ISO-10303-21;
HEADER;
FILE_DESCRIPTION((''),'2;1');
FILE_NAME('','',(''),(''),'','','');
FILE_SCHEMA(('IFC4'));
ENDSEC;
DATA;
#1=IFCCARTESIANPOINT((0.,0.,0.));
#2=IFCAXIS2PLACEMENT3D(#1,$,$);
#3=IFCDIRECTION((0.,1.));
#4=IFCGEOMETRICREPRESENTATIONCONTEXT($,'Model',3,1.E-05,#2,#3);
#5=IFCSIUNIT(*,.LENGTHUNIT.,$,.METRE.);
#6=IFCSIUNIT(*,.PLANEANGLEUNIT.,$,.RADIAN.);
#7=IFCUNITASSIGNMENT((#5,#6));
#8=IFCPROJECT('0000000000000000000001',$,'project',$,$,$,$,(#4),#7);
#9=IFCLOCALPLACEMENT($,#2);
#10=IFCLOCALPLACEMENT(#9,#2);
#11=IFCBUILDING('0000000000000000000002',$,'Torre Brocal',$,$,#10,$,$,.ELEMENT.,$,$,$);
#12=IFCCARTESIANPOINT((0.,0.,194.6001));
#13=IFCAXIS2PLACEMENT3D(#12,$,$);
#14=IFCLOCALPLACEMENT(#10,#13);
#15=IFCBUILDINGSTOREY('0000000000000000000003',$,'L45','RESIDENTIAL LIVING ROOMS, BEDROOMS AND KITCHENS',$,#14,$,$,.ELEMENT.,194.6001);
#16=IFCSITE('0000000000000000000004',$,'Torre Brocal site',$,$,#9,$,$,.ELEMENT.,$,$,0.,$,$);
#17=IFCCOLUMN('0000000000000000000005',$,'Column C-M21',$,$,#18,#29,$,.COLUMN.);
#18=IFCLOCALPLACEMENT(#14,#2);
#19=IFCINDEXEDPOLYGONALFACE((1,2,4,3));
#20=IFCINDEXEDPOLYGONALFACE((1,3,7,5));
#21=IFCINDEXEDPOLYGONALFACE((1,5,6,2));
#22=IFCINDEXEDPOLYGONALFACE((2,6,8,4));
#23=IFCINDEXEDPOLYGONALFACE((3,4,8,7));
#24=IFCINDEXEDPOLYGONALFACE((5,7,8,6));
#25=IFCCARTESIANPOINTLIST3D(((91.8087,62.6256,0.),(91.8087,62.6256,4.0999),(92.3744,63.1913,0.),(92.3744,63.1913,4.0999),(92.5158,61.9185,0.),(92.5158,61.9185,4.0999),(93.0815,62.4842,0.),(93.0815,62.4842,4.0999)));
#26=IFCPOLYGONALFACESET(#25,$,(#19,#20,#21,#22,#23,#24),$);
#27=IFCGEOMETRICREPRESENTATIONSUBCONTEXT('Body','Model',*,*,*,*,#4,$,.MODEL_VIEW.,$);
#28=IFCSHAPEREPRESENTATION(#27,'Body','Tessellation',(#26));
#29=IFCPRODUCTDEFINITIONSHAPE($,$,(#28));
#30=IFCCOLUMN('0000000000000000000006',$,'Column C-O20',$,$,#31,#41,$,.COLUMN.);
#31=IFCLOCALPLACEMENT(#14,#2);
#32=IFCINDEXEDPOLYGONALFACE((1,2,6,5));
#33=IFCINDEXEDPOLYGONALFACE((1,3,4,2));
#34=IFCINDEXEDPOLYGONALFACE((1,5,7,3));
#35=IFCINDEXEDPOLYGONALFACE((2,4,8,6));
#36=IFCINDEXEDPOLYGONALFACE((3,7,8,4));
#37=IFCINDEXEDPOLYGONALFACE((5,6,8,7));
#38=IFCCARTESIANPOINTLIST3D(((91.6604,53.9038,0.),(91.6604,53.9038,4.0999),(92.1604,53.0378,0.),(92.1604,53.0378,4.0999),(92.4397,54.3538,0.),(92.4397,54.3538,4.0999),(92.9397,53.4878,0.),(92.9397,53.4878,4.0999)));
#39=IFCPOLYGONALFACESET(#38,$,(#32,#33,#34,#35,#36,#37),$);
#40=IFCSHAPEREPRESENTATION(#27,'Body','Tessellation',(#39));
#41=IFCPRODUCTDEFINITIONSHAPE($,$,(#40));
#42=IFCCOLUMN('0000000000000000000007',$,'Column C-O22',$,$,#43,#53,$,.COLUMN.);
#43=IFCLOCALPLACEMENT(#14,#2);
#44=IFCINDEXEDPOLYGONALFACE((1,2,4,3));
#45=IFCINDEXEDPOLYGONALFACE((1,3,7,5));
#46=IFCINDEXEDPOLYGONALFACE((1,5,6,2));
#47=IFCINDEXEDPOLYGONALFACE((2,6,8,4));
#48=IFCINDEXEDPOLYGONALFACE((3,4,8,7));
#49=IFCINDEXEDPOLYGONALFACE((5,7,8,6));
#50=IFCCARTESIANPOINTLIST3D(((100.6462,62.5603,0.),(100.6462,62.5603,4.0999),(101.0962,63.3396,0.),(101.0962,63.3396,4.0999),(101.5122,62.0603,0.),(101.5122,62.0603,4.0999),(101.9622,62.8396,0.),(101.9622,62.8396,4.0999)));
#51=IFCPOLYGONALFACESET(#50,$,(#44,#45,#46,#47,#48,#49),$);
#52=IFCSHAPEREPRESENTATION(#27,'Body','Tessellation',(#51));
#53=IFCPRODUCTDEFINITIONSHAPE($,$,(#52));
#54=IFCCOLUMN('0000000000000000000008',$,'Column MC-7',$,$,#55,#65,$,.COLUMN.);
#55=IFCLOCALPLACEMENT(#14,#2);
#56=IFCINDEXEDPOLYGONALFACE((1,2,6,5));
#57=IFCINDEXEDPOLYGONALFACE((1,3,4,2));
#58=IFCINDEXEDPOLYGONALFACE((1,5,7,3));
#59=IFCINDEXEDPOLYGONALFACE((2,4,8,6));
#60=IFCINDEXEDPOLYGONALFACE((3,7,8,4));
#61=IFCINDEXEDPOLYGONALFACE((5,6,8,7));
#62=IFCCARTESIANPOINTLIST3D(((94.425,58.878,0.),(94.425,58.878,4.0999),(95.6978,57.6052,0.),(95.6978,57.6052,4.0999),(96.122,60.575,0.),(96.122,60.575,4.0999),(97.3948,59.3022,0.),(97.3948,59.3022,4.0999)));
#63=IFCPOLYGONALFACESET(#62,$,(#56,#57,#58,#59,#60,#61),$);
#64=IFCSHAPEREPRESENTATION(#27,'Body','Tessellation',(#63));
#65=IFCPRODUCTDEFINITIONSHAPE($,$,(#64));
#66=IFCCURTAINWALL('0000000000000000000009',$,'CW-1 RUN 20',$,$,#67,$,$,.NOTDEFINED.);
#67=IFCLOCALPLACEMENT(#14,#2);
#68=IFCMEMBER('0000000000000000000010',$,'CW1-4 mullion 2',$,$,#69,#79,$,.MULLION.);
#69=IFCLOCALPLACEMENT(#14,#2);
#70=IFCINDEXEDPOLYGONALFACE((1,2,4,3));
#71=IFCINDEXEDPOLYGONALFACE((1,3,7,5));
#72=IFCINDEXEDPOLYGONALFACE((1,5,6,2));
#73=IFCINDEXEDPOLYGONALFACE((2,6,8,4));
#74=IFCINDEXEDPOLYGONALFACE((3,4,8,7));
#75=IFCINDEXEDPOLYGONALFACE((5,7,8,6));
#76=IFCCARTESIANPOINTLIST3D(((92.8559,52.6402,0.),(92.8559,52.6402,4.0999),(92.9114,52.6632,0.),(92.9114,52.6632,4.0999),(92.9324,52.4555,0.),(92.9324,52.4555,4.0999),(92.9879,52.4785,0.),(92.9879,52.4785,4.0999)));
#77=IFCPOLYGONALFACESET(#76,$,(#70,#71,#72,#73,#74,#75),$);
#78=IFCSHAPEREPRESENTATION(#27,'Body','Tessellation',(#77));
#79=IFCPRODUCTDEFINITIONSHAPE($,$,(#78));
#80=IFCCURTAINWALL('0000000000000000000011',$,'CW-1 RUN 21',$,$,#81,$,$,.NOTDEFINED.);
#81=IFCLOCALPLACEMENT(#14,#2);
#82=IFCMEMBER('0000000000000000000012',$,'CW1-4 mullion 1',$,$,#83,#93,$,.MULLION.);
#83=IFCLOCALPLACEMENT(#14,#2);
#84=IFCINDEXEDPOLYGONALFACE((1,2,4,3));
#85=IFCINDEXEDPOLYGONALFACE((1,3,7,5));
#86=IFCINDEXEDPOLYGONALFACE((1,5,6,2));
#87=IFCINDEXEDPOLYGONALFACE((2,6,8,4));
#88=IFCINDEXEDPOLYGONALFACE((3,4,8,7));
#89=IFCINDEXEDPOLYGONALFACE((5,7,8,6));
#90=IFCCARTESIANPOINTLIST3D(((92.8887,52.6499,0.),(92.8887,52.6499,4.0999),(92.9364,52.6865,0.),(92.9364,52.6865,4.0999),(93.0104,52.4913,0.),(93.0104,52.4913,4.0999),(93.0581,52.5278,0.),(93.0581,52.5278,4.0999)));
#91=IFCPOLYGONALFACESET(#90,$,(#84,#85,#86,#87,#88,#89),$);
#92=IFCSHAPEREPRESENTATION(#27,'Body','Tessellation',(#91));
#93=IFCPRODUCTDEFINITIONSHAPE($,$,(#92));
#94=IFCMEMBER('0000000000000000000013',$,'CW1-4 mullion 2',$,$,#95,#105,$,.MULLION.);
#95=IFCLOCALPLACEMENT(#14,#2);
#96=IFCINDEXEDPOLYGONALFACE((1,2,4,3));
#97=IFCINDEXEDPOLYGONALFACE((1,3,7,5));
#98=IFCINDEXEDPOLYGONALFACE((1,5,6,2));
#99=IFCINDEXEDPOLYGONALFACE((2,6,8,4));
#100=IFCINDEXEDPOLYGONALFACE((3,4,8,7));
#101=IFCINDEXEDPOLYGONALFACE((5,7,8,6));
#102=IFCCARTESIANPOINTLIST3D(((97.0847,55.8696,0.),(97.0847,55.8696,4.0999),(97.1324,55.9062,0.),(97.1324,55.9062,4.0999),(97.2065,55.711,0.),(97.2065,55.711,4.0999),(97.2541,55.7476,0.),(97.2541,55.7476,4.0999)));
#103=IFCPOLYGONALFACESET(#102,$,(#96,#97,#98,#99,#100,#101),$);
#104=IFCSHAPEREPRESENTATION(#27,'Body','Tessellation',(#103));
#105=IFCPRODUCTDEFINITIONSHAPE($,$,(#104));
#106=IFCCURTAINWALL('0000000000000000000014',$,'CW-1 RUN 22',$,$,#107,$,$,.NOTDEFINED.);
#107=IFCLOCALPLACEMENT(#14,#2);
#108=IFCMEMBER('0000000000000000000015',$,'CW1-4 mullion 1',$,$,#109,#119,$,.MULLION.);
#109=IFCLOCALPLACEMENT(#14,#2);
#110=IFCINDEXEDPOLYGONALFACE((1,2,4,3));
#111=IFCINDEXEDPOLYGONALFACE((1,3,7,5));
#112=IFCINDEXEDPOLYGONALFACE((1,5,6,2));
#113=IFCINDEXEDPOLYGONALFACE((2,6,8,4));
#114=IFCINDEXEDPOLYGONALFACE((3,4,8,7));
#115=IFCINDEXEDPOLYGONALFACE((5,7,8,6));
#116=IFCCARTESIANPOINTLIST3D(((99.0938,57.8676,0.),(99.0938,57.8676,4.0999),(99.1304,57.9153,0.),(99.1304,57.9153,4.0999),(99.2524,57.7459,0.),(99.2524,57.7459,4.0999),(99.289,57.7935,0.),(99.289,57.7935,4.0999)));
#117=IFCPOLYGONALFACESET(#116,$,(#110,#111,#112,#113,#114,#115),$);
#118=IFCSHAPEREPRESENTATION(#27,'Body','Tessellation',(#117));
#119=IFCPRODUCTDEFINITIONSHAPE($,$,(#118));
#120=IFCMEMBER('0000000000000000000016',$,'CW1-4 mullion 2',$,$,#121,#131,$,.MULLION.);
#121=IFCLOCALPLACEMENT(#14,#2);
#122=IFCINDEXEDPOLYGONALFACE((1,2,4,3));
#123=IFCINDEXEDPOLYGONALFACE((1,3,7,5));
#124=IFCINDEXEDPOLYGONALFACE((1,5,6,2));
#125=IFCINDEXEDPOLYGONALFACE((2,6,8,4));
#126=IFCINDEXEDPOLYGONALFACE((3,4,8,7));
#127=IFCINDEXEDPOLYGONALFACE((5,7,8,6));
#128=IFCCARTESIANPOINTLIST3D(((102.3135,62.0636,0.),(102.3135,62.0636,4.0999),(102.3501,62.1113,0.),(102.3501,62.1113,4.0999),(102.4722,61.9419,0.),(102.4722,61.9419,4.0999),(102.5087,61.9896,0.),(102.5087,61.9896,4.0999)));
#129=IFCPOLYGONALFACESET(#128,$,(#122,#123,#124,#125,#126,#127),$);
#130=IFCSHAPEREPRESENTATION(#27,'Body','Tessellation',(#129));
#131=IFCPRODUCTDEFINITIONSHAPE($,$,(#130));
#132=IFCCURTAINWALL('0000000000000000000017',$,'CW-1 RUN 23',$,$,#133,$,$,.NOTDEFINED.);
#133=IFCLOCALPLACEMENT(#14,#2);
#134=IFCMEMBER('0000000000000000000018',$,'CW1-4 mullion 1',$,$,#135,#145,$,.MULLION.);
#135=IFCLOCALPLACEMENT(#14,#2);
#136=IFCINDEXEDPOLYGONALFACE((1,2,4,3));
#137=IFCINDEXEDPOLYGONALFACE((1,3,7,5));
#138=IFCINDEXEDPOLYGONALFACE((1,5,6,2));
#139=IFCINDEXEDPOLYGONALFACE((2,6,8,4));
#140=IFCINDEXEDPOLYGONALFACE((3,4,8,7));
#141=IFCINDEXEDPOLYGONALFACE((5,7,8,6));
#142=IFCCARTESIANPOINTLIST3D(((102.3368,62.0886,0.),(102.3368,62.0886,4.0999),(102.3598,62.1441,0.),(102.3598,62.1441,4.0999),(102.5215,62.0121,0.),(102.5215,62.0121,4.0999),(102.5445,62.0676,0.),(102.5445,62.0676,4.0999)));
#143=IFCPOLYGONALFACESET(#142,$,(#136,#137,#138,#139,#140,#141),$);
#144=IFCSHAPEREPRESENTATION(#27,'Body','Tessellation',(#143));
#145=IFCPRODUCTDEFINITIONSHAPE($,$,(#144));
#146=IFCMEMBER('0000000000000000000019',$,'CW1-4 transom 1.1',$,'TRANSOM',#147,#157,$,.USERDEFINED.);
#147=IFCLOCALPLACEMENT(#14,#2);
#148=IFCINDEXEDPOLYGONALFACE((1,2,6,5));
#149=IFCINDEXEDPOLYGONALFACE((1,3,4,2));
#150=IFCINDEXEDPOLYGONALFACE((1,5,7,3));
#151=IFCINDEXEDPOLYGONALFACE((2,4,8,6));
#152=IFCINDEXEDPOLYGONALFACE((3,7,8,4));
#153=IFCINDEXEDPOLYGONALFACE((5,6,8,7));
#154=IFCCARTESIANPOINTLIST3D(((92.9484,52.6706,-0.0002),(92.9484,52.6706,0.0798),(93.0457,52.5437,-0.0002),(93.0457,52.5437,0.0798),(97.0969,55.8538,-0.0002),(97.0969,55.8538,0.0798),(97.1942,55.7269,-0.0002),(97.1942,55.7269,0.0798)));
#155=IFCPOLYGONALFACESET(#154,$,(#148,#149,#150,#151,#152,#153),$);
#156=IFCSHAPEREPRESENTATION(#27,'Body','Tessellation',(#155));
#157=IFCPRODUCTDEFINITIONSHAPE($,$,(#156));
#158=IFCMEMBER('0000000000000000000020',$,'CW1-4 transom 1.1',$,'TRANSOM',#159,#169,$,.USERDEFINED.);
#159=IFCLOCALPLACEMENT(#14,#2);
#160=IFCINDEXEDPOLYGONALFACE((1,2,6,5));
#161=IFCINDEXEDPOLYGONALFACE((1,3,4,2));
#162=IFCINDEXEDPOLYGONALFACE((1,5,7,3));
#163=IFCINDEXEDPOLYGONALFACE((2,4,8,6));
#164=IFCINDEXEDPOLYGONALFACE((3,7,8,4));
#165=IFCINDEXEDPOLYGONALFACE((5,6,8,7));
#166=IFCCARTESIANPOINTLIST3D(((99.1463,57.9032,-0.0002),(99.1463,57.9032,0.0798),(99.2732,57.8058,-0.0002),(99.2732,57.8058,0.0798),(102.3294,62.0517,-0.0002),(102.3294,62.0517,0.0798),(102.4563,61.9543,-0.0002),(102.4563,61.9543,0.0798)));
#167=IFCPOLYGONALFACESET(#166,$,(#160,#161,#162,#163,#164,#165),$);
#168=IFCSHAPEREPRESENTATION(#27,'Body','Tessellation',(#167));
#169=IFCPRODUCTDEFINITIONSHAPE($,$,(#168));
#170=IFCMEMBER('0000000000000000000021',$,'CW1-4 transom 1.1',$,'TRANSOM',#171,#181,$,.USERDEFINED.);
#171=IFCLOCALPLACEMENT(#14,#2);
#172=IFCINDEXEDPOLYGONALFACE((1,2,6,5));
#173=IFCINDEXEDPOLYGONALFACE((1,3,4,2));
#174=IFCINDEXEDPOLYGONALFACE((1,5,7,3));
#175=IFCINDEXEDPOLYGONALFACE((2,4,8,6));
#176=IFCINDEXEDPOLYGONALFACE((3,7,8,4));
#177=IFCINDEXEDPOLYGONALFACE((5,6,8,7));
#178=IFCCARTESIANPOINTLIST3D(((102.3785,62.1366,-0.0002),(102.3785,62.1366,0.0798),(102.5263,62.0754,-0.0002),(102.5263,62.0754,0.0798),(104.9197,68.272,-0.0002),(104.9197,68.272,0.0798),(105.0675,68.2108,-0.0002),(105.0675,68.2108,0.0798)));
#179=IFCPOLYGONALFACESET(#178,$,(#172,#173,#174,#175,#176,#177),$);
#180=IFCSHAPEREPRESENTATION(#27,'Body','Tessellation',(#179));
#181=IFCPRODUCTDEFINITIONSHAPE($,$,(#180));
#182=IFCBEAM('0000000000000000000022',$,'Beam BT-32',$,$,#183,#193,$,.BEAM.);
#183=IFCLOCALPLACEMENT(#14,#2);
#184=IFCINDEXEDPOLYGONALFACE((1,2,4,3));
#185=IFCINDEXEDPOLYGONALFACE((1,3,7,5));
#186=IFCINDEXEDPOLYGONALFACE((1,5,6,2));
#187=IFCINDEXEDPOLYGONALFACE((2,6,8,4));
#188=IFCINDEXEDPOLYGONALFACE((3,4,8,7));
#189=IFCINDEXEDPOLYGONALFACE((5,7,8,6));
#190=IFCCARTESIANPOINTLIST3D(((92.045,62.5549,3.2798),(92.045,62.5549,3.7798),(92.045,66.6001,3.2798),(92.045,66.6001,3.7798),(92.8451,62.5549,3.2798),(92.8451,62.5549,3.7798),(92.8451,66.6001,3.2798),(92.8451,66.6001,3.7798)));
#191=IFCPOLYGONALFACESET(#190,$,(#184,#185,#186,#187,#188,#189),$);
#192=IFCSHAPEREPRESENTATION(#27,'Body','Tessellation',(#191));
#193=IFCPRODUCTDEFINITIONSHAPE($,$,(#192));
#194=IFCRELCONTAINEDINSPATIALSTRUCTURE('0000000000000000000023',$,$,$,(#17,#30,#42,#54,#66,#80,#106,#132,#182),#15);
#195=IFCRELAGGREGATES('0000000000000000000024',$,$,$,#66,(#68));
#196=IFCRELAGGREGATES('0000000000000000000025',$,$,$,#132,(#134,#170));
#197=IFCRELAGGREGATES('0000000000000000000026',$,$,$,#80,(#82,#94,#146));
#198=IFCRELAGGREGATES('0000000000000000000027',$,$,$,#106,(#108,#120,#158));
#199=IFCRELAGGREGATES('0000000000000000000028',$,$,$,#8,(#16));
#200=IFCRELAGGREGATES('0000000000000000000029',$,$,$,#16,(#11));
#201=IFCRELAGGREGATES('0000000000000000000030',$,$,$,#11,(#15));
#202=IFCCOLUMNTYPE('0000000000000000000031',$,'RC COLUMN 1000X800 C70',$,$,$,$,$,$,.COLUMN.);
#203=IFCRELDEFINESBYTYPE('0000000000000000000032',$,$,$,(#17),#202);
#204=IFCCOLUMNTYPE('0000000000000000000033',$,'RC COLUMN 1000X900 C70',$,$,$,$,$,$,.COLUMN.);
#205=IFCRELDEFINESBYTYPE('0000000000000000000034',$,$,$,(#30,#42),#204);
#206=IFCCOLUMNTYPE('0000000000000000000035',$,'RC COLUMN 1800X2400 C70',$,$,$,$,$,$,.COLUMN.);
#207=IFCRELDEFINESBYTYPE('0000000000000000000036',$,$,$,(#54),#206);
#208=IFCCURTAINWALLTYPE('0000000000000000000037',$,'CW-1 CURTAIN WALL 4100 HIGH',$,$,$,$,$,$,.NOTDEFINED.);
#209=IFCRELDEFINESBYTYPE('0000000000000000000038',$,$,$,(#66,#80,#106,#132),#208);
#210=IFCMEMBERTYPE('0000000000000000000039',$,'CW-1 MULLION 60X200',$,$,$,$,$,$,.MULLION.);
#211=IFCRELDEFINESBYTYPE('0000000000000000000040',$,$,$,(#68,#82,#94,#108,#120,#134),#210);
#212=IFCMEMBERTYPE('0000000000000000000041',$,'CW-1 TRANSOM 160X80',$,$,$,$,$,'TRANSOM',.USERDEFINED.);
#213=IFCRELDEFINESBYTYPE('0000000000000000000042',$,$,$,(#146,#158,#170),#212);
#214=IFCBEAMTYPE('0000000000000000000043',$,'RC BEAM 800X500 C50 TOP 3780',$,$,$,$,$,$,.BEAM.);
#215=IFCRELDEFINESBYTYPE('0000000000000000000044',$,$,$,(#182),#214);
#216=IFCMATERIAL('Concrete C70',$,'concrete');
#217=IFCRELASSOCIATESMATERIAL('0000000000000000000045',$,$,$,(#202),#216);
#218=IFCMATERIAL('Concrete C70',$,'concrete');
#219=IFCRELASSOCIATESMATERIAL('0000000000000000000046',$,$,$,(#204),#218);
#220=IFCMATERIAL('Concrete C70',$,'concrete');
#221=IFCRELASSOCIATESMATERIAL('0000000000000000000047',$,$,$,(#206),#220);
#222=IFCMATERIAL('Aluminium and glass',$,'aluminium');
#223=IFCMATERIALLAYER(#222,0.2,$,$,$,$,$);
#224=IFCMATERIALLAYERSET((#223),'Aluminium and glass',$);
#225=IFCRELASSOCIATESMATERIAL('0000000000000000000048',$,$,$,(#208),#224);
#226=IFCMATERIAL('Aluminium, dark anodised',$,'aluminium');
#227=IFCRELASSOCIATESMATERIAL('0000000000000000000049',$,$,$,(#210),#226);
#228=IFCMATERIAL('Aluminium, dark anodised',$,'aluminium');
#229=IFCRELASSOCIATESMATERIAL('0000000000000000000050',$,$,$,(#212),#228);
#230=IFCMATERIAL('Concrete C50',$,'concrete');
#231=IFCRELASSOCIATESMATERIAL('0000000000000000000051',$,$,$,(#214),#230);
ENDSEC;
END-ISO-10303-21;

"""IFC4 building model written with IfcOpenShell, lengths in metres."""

from ifc_helpers import new_model, si_unit, direction, frame, origin, origin_2d, place, context, subcontext, project, spatial, rectangle, extrude, material, layer, layer_set, material_profile, profile_set, type_object, element, aggregate, save


model = new_model("IFC4")

# Units and contexts
model_context = context("Model", 3, precision=1e-05, world=origin(), true_north=direction((0.0, 1.0)))
body_context = subcontext(model_context, "Body", "Model", "MODEL_VIEW")
ifc_project = project(units=[si_unit("LENGTHUNIT", "METRE"), si_unit("PLANEANGLEUNIT", "RADIAN")], contexts=[model_context])

# Site, building, storey
site_placement = place(None, origin())
site = spatial("IfcSite", under=ifc_project, at=site_placement, Name="Torre Brocal site", CompositionType="ELEMENT", RefElevation=0.0)
building_placement = place(site_placement, origin())
building = spatial("IfcBuilding", under=site, at=building_placement, Name="Torre Brocal", CompositionType="ELEMENT")
storey_placement = place(building_placement, frame((0.0, 0.0, 194.6001)))
storey = spatial("IfcBuildingStorey", under=building, at=storey_placement, Name="L45", Description="RESIDENTIAL LIVING ROOMS, BEDROOMS AND KITCHENS", CompositionType="ELEMENT", Elevation=194.6001)

# Columns
ifc_material_1 = material(Name="Concrete C70", Category="concrete")
ifc_material_profile_1 = material_profile(ifc_material_1, rectangle(XDim=1.0, YDim=0.8, at=origin_2d()), Name="RC 1000X800")
ifc_profile_set_1 = profile_set([ifc_material_profile_1], Name="Concrete C70")
column_type_1 = type_object("IfcColumnType", Name="RC COLUMN 1000X800 C70", PredefinedType="COLUMN", material=ifc_profile_set_1)
column_1_placement = place(storey_placement, frame((92.4451, 62.5549, 0.0), z_axis=(0.0, 0.0, 1.0), x_axis=(0.707107, -0.707107, 0.0)))
element("IfcColumn", 1, at=column_1_placement, inside=storey, type_object=column_type_1, Name="Column C-M21", PredefinedType="COLUMN", context=body_context, shape_type="SweptSolid", body=[
    extrude(rectangle(XDim=1.0, YDim=0.8, at=origin_2d()), origin(), (0.0, 0.0, 1.0), 4.0999),
])
ifc_material_2 = material(Name="Concrete C70", Category="concrete")
ifc_material_profile_2 = material_profile(ifc_material_2, rectangle(XDim=1.0, YDim=0.8999, at=origin_2d()), Name="RC 1000X900")
ifc_profile_set_2 = profile_set([ifc_material_profile_2], Name="Concrete C70")
column_type_2 = type_object("IfcColumnType", Name="RC COLUMN 1000X900 C70", PredefinedType="COLUMN", material=ifc_profile_set_2)
for number, where, z_axis, x_axis, name in (
    (2, (92.3, 53.6958, 0.0), (0.0, 0.0, 1.0), (0.5, -0.866025, 0.0), "Column C-O20"),
    (3, (101.3042, 62.7, 0.0), (0.0, 0.0, 1.0), (0.866025, -0.5, 0.0), "Column C-O22"),
):
    element("IfcColumn", number, at=place(storey_placement, frame(where, z_axis=z_axis, x_axis=x_axis)), inside=storey, type_object=column_type_2, Name=name, PredefinedType="COLUMN", context=body_context, shape_type="SweptSolid", body=[
        extrude(rectangle(XDim=1.0, YDim=0.8999, at=origin_2d()), origin(), (0.0, 0.0, 1.0), 4.0999),
    ])
ifc_material_3 = material(Name="Concrete C70", Category="concrete")
ifc_material_profile_3 = material_profile(ifc_material_3, rectangle(XDim=1.8, YDim=2.3999, at=origin_2d()), Name="RC 1800X2400")
ifc_profile_set_3 = profile_set([ifc_material_profile_3], Name="Concrete C70")
column_type_3 = type_object("IfcColumnType", Name="RC COLUMN 1800X2400 C70", PredefinedType="COLUMN", material=ifc_profile_set_3)
column_2_placement = place(storey_placement, frame((95.9099, 59.0901, 0.0), z_axis=(0.0, 0.0, 1.0), x_axis=(0.707107, -0.707107, 0.0)))
element("IfcColumn", 4, at=column_2_placement, inside=storey, type_object=column_type_3, Name="Column MC-7", PredefinedType="COLUMN", context=body_context, shape_type="SweptSolid", body=[
    extrude(rectangle(XDim=1.8, YDim=2.3999, at=origin_2d()), origin(), (0.0, 0.0, 1.0), 4.0999),
])

# Curtain wall, member
ifc_material_4 = material(Name="Aluminium and glass", Category="aluminium")
ifc_layer_1 = layer(ifc_material_4, 0.2)
ifc_layer_set_1 = layer_set([ifc_layer_1], Name="Aluminium and glass")
curtain_wall_type = type_object("IfcCurtainWallType", Name="CW-1 CURTAIN WALL 4100 HIGH", PredefinedType="NOTDEFINED", material=ifc_layer_set_1)
curtain_wall_1_placement = place(storey_placement, origin())
curtain_wall_1 = element("IfcCurtainWall", 5, at=curtain_wall_1_placement, inside=storey, type_object=curtain_wall_type, Name="CW-1 RUN 20", PredefinedType="NOTDEFINED")
ifc_material_5 = material(Name="Aluminium, dark anodised", Category="aluminium")
ifc_material_profile_4 = material_profile(ifc_material_5, rectangle(XDim=0.2, YDim=0.0601, at=origin_2d()), Name="CW-1 MULLION 60X200")
ifc_profile_set_4 = profile_set([ifc_material_profile_4], Name="Aluminium, dark anodised")
member_type_1 = type_object("IfcMemberType", Name="CW-1 MULLION 60X200", PredefinedType="MULLION", material=ifc_profile_set_4)
member_1_placement = place(storey_placement, frame((92.9219, 52.5593, 0.0), z_axis=(0.0, 0.0, 1.0), x_axis=(-0.382683, 0.92388, 0.0)))
member_1 = element("IfcMember", 6, at=member_1_placement, type_object=member_type_1, Name="CW1-4 mullion 2", PredefinedType="MULLION", context=body_context, shape_type="SweptSolid", body=[
    extrude(rectangle(XDim=0.2, YDim=0.0601, at=origin_2d()), origin(), (0.0, 0.0, 1.0), 4.0999),
])
aggregate(curtain_wall_1, [member_1])

# Curtain walls, members
curtain_wall_2_placement = place(storey_placement, origin())
curtain_wall_2 = element("IfcCurtainWall", 7, at=curtain_wall_2_placement, inside=storey, type_object=curtain_wall_type, Name="CW-1 RUN 21", PredefinedType="NOTDEFINED")
member_2_placement = place(storey_placement, frame((92.9734, 52.5889, 0.0), z_axis=(0.0, 0.0, 1.0), x_axis=(-0.608761, 0.793353, 0.0)))
member_2 = element("IfcMember", 8, at=member_2_placement, type_object=member_type_1, Name="CW1-4 mullion 1", PredefinedType="MULLION", context=body_context, shape_type="SweptSolid", body=[
    extrude(rectangle(XDim=0.2, YDim=0.0601, at=origin_2d()), origin(), (0.0, 0.0, 1.0), 4.0999),
])
member_3_placement = place(storey_placement, frame((97.1694, 55.8086, 0.0), z_axis=(0.0, 0.0, 1.0), x_axis=(-0.608761, 0.793353, 0.0)))
member_3 = element("IfcMember", 9, at=member_3_placement, type_object=member_type_1, Name="CW1-4 mullion 2", PredefinedType="MULLION", context=body_context, shape_type="SweptSolid", body=[
    extrude(rectangle(XDim=0.2, YDim=0.0601, at=origin_2d()), origin(), (0.0, 0.0, 1.0), 4.0999),
])
curtain_wall_3_placement = place(storey_placement, origin())
curtain_wall_3 = element("IfcCurtainWall", 10, at=curtain_wall_3_placement, inside=storey, type_object=curtain_wall_type, Name="CW-1 RUN 22", PredefinedType="NOTDEFINED")
member_4_placement = place(storey_placement, frame((99.1914, 57.8306, 0.0), z_axis=(0.0, 0.0, 1.0), x_axis=(-0.793353, 0.608761, 0.0)))
member_4 = element("IfcMember", 11, at=member_4_placement, type_object=member_type_1, Name="CW1-4 mullion 1", PredefinedType="MULLION", context=body_context, shape_type="SweptSolid", body=[
    extrude(rectangle(XDim=0.2, YDim=0.0601, at=origin_2d()), origin(), (0.0, 0.0, 1.0), 4.0999),
])
member_5_placement = place(storey_placement, frame((102.4111, 62.0266, 0.0), z_axis=(0.0, 0.0, 1.0), x_axis=(-0.793353, 0.608761, 0.0)))
member_5 = element("IfcMember", 12, at=member_5_placement, type_object=member_type_1, Name="CW1-4 mullion 2", PredefinedType="MULLION", context=body_context, shape_type="SweptSolid", body=[
    extrude(rectangle(XDim=0.2, YDim=0.0601, at=origin_2d()), origin(), (0.0, 0.0, 1.0), 4.0999),
])

# Curtain wall, member
curtain_wall_4_placement = place(storey_placement, origin())
curtain_wall_4 = element("IfcCurtainWall", 13, at=curtain_wall_4_placement, inside=storey, type_object=curtain_wall_type, Name="CW-1 RUN 23", PredefinedType="NOTDEFINED")
member_6_placement = place(storey_placement, frame((102.4407, 62.0781, 0.0), z_axis=(0.0, 0.0, 1.0), x_axis=(-0.92388, 0.382683, 0.0)))
member_6 = element("IfcMember", 14, at=member_6_placement, type_object=member_type_1, Name="CW1-4 mullion 1", PredefinedType="MULLION", context=body_context, shape_type="SweptSolid", body=[
    extrude(rectangle(XDim=0.2, YDim=0.0601, at=origin_2d()), origin(), (0.0, 0.0, 1.0), 4.0999),
])

# Members
ifc_material_6 = material(Name="Aluminium, dark anodised", Category="aluminium")
ifc_material_profile_5 = material_profile(ifc_material_6, rectangle(XDim=0.1599, YDim=0.0801, at=origin_2d()), Name="CW-1 TRANSOM 160X80")
ifc_profile_set_5 = profile_set([ifc_material_profile_5], Name="Aluminium, dark anodised")
member_type_2 = type_object("IfcMemberType", Name="CW-1 TRANSOM 160X80", ElementType="TRANSOM", PredefinedType="USERDEFINED", material=ifc_profile_set_5)
member_7_placement = place(storey_placement, frame((92.9971, 52.6072, 0.0398), z_axis=(0.793363, 0.608749, 0.0), x_axis=(-0.608749, 0.793363, 0.0)))
member_7 = element("IfcMember", 15, at=member_7_placement, type_object=member_type_2, Name="CW1-4 transom 1.1", ObjectType="TRANSOM", PredefinedType="USERDEFINED", context=body_context, shape_type="SweptSolid", body=[
    extrude(rectangle(XDim=0.1599, YDim=0.0801, at=origin_2d()), origin(), (0.0, 0.0, 1.0), 5.229),
])
member_8_placement = place(storey_placement, frame((99.2097, 57.8545, 0.0398), z_axis=(0.608749, 0.793363, 0.0), x_axis=(-0.793363, 0.608749, 0.0)))
member_8 = element("IfcMember", 16, at=member_8_placement, type_object=member_type_2, Name="CW1-4 transom 1.1", ObjectType="TRANSOM", PredefinedType="USERDEFINED", context=body_context, shape_type="SweptSolid", body=[
    extrude(rectangle(XDim=0.1599, YDim=0.0801, at=origin_2d()), origin(), (0.0, 0.0, 1.0), 5.229),
])
member_9_placement = place(storey_placement, frame((102.4524, 62.106, 0.0398), z_axis=(0.382665, 0.923887, 0.0), x_axis=(-0.923887, 0.382665, 0.0)))
member_9 = element("IfcMember", 17, at=member_9_placement, type_object=member_type_2, Name="CW1-4 transom 1.1", ObjectType="TRANSOM", PredefinedType="USERDEFINED", context=body_context, shape_type="SweptSolid", body=[
    extrude(rectangle(XDim=0.1599, YDim=0.0801, at=origin_2d()), origin(), (0.0, 0.0, 1.0), 6.6409),
])
aggregate(curtain_wall_4, [member_6, member_9])

# Beam
ifc_material_7 = material(Name="Concrete C50", Category="concrete")
ifc_material_profile_6 = material_profile(ifc_material_7, rectangle(XDim=0.8, YDim=0.5, at=origin_2d()), Name="RC 800X500")
ifc_profile_set_6 = profile_set([ifc_material_profile_6], Name="Concrete C50")
beam_type_1 = type_object("IfcBeamType", Name="RC BEAM 800X500 C50 TOP 3780", PredefinedType="BEAM", material=ifc_profile_set_6)
beam_placement = place(storey_placement, frame((92.4451, 62.5549, 3.5298), z_axis=(0.0, 1.0, 0.0), x_axis=(-1.0, 0.0, 0.0)))
element("IfcBeam", 18, at=beam_placement, inside=storey, type_object=beam_type_1, Name="Beam BT-32", PredefinedType="BEAM", context=body_context, shape_type="SweptSolid", body=[
    extrude(rectangle(XDim=0.8, YDim=0.5, at=origin_2d()), origin(), (0.0, 0.0, 1.0), 4.0452),
])

aggregate(curtain_wall_2, [member_2, member_3, member_7])
aggregate(curtain_wall_3, [member_4, member_5, member_8])

save(model, "model.ifc")
